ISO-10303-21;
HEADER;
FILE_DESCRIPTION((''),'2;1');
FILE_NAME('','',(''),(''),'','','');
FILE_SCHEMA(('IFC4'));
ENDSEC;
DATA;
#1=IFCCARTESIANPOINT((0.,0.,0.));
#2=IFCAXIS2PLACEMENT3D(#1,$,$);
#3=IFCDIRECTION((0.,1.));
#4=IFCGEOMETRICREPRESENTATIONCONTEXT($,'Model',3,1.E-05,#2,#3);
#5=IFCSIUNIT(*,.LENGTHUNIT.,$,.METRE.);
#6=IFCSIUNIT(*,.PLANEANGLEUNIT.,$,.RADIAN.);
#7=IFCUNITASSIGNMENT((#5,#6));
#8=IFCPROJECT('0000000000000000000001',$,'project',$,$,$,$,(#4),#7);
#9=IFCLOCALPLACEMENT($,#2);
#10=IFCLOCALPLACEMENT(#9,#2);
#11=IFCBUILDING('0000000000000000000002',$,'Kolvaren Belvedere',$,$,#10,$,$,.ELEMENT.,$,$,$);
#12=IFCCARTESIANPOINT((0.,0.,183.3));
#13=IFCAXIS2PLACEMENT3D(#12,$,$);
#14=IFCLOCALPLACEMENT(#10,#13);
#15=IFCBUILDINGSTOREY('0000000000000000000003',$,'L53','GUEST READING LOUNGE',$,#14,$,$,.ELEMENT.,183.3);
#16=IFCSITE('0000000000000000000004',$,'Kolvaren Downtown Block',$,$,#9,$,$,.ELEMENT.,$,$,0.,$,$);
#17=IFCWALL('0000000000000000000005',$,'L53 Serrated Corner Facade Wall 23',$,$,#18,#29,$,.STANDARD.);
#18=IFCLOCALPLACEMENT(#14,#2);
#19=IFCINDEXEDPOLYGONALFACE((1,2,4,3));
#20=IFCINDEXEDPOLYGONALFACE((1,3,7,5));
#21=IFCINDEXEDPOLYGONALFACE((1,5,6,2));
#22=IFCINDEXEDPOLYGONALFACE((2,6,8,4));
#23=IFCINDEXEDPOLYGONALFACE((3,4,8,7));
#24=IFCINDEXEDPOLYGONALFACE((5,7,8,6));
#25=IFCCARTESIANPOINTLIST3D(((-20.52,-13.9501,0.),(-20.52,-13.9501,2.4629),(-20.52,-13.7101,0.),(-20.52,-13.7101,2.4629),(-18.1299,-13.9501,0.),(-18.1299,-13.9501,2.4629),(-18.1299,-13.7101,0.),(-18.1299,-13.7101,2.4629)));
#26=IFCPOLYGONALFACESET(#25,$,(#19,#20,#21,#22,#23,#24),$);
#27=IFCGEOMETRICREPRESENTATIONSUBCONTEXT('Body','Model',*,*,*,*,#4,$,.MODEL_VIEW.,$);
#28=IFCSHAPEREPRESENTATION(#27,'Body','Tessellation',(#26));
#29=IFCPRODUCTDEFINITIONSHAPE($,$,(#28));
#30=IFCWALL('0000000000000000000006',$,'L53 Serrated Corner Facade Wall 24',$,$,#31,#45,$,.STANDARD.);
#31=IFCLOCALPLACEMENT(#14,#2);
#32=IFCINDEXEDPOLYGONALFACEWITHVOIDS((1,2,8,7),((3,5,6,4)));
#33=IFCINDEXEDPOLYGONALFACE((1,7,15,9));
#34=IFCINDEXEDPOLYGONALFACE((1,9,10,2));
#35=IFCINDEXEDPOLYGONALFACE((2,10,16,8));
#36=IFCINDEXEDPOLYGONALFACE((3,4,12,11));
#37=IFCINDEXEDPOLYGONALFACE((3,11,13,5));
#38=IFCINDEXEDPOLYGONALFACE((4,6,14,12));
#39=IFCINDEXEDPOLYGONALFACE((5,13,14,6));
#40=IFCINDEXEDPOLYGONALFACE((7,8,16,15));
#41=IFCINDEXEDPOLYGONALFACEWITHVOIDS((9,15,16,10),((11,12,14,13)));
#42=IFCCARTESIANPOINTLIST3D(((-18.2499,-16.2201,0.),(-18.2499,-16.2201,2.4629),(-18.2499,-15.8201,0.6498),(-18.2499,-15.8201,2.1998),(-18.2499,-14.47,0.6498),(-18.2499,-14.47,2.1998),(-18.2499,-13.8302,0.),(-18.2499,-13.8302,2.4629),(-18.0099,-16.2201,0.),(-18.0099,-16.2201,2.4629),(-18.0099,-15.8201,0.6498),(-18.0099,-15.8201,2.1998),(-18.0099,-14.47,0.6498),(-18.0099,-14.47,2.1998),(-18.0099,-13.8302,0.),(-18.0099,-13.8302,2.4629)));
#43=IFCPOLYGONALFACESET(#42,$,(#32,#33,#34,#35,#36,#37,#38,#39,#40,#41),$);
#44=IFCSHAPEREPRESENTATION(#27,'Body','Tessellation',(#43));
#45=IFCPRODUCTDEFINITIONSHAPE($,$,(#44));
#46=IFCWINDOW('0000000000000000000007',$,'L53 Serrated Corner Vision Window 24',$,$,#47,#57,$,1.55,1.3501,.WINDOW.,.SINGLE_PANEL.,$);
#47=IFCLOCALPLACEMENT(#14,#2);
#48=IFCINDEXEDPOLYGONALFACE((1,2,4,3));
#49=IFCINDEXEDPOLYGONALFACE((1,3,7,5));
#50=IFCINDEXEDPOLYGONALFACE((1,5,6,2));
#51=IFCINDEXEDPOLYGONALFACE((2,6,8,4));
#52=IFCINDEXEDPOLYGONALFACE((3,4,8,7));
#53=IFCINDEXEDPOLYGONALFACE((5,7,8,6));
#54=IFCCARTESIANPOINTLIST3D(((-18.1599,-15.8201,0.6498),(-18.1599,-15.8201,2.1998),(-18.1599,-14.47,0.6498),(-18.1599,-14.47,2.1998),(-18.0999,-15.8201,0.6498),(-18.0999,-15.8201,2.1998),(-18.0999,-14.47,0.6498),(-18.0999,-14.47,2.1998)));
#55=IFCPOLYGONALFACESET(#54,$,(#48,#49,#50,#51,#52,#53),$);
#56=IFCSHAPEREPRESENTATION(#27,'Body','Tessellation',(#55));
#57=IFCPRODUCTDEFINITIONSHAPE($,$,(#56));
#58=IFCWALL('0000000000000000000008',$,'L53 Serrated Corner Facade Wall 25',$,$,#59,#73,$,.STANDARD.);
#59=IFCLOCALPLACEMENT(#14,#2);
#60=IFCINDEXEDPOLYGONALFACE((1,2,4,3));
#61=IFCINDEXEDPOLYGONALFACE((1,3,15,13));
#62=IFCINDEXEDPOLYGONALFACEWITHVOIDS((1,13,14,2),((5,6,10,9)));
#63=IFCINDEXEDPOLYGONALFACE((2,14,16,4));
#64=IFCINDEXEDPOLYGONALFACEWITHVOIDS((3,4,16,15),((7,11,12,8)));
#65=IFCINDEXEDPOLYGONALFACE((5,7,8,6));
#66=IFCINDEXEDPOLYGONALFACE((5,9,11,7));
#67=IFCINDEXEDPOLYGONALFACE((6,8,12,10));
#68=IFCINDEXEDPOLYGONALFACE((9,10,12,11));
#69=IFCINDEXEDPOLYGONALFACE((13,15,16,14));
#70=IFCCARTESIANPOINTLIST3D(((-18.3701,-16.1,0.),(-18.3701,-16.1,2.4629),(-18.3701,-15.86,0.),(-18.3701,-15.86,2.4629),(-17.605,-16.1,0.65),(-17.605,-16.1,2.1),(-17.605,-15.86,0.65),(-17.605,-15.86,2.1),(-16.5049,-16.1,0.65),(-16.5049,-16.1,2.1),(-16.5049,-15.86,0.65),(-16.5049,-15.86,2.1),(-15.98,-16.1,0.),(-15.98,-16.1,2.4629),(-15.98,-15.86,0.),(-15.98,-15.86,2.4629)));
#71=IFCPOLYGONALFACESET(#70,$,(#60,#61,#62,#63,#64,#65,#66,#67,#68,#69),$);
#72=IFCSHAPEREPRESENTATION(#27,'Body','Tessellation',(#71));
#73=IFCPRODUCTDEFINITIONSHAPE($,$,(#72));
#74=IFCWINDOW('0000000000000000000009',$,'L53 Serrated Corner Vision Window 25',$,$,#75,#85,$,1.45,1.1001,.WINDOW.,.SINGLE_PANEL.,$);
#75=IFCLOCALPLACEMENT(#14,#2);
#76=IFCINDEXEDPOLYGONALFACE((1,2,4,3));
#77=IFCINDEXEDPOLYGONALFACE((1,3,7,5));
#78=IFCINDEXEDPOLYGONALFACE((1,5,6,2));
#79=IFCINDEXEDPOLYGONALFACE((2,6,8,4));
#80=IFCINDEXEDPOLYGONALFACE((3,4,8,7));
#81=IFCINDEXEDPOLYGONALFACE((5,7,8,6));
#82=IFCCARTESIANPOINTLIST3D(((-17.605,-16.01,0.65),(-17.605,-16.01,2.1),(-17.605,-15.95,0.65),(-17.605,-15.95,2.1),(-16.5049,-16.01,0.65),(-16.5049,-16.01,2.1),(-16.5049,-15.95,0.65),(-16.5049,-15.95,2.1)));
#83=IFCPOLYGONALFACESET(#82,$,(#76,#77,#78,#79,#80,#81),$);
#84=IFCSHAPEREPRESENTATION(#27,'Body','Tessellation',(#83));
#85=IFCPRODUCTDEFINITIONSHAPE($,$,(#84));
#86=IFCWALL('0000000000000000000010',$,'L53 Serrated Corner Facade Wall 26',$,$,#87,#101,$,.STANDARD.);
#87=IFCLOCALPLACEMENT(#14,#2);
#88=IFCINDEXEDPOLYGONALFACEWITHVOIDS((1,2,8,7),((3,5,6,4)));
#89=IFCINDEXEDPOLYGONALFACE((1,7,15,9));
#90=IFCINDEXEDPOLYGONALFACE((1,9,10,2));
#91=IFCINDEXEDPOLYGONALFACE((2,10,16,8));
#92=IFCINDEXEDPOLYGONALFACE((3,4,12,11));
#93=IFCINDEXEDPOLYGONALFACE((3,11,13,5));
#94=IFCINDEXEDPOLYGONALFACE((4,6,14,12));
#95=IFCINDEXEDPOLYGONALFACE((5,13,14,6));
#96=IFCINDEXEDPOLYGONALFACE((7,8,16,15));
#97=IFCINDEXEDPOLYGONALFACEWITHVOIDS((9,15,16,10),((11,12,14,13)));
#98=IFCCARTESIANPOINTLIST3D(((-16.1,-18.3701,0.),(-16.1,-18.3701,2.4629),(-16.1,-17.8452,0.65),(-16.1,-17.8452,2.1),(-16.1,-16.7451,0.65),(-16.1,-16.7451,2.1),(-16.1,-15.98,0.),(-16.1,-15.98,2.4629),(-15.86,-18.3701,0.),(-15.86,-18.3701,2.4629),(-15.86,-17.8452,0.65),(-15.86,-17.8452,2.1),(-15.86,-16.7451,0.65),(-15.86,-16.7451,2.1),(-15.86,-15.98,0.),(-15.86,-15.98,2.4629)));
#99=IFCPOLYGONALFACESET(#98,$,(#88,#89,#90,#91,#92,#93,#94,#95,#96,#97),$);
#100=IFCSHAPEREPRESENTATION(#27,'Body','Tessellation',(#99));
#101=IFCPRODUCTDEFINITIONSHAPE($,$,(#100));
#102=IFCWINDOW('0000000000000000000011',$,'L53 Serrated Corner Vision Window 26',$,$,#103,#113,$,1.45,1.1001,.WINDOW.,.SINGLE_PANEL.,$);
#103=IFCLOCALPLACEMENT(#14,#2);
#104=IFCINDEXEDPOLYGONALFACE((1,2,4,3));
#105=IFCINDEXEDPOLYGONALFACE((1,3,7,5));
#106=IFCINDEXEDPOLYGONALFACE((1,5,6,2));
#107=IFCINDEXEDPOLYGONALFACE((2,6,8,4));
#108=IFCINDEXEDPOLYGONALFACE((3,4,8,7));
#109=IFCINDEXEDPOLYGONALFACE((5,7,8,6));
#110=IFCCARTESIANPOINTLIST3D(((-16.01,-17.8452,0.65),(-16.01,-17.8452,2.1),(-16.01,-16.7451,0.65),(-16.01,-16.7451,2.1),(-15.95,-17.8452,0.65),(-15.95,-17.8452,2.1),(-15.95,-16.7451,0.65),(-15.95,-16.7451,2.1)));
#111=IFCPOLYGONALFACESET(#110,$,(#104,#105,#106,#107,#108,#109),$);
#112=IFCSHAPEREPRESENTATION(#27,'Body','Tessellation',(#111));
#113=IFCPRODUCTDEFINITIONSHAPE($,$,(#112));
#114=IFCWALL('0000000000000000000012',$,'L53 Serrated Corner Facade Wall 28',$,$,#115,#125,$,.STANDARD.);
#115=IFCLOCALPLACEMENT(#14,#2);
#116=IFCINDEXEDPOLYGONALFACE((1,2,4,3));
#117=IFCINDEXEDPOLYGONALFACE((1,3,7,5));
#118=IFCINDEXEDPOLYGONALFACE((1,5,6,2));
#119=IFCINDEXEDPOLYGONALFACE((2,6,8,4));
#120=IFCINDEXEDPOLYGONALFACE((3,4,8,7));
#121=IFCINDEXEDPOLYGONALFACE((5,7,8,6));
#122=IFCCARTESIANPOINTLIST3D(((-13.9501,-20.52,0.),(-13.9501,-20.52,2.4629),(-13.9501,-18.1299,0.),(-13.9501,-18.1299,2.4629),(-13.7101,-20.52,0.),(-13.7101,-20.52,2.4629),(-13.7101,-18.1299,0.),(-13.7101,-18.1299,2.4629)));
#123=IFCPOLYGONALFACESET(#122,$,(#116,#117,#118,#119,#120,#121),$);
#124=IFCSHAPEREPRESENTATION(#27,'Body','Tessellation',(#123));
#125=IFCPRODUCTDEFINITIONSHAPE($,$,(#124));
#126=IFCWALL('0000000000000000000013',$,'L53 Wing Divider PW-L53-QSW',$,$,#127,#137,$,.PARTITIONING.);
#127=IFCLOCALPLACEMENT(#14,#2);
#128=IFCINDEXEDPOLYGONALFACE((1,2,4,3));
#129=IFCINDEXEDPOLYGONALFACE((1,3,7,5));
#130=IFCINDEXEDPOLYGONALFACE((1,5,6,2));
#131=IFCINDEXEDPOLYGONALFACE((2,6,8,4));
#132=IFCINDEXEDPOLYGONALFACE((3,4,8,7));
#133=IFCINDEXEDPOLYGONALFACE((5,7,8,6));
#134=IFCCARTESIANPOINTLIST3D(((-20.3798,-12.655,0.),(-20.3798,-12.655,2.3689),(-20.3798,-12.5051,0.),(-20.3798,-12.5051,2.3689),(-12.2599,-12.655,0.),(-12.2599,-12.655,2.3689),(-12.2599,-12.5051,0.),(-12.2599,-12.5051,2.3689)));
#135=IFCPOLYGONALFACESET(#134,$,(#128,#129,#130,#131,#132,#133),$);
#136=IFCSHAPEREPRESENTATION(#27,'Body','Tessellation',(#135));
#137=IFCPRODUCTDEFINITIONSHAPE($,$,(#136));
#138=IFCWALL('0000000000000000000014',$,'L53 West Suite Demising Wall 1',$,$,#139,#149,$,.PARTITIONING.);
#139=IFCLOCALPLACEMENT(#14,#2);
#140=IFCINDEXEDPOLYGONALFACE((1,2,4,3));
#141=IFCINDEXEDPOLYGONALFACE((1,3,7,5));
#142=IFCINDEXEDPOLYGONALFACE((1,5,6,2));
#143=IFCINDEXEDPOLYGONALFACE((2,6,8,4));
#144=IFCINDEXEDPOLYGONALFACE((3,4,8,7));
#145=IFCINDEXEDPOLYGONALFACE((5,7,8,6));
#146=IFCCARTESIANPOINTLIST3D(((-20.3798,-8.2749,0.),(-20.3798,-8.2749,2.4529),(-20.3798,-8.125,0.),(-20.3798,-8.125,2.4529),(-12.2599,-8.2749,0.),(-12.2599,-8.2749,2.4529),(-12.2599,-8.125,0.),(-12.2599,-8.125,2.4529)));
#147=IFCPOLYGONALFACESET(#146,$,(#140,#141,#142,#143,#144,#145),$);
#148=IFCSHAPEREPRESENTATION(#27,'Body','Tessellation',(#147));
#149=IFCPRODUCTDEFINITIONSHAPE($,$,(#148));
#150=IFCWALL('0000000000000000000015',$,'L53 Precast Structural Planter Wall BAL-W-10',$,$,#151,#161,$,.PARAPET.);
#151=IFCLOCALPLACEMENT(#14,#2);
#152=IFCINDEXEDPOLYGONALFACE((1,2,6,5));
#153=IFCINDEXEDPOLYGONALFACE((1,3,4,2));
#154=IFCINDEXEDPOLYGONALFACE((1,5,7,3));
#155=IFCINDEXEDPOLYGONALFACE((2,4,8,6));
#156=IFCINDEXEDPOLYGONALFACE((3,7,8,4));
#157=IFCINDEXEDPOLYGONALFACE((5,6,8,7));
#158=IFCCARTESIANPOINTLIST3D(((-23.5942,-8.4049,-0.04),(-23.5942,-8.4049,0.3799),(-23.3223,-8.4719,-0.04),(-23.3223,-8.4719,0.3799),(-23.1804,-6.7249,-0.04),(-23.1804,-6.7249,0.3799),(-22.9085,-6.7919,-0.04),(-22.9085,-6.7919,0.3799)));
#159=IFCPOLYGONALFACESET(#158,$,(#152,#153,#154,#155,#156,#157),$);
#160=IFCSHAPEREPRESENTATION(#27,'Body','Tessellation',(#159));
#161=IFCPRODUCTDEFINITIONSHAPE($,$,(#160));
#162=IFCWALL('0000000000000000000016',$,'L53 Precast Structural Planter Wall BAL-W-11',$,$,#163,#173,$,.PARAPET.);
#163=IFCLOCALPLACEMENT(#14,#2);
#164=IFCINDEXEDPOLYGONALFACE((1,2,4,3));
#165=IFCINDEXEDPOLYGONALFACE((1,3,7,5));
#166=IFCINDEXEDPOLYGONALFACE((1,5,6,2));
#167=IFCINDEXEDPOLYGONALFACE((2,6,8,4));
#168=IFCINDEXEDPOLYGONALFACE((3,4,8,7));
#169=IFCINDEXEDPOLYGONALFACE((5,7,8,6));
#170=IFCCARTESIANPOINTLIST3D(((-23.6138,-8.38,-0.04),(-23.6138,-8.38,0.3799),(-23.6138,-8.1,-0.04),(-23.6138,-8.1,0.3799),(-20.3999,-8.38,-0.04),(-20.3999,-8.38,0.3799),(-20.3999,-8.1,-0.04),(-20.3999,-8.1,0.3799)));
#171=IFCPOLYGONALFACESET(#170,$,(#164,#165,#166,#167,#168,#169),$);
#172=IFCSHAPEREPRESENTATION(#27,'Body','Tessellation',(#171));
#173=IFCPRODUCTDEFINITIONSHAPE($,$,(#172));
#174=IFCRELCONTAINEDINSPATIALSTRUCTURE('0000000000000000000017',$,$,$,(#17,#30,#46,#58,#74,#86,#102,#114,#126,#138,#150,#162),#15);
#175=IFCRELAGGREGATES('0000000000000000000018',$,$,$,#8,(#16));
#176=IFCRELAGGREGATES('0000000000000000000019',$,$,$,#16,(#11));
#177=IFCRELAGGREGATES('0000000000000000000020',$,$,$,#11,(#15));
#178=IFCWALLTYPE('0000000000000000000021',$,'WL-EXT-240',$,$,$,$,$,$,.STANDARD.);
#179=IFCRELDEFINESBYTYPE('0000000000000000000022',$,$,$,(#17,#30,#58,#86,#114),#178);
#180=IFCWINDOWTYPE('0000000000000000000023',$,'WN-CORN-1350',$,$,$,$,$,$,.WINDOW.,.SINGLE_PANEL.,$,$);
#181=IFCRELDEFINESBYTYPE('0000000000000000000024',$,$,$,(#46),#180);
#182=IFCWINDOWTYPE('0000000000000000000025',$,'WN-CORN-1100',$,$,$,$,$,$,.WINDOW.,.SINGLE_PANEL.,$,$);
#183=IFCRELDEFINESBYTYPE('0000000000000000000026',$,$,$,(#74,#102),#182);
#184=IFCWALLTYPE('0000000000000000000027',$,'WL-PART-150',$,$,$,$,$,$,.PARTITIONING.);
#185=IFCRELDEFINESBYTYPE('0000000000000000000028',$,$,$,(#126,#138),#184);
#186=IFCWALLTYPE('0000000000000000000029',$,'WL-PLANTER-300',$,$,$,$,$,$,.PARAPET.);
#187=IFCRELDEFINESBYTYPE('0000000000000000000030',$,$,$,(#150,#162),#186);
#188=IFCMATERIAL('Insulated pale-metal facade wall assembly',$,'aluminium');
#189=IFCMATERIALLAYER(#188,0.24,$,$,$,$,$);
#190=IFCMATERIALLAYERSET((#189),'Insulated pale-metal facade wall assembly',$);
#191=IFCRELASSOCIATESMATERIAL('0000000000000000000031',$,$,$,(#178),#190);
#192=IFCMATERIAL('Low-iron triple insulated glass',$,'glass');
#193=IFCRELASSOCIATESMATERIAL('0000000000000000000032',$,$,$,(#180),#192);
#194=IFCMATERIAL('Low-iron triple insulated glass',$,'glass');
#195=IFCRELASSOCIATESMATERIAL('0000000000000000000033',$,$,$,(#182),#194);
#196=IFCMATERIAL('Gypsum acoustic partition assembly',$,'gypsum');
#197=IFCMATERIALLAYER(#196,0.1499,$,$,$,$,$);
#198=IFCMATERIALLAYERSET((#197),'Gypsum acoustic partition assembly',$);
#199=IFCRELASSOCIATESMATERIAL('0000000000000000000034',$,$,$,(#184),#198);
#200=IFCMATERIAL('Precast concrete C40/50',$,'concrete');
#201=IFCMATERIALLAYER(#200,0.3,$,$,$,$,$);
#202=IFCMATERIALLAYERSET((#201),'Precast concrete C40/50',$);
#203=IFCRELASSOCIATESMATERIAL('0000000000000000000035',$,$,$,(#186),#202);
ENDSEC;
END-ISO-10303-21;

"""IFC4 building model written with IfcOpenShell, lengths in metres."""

from ifc_helpers import new_model, si_unit, direction, frame, frame_2d, origin, place, context, subcontext, project, spatial, rectangle, extrude, material, layer, layer_set, type_object, element, fill, save


model = new_model("IFC4")

# Units and contexts
model_context = context("Model", 3, precision=1e-05, world=origin(), true_north=direction((0.0, 1.0)))
body_context = subcontext(model_context, "Body", "Model", "MODEL_VIEW")
ifc_project = project(units=[si_unit("LENGTHUNIT", "METRE"), si_unit("PLANEANGLEUNIT", "RADIAN")], contexts=[model_context])

# Site, building, storey
site_placement = place(None, origin())
site = spatial("IfcSite", under=ifc_project, at=site_placement, Name="Kolvaren Downtown Block", CompositionType="ELEMENT", RefElevation=0.0)
building_placement = place(site_placement, origin())
building = spatial("IfcBuilding", under=site, at=building_placement, Name="Kolvaren Belvedere", CompositionType="ELEMENT")
storey_placement = place(building_placement, frame((0.0, 0.0, 183.3)))
storey = spatial("IfcBuildingStorey", under=building, at=storey_placement, Name="L53", Description="GUEST READING LOUNGE", CompositionType="ELEMENT", Elevation=183.3)

# Wall
ifc_material_1 = material(Name="Insulated pale-metal facade wall assembly", Category="aluminium")
ifc_layer_1 = layer(ifc_material_1, 0.24)
ifc_layer_set_1 = layer_set([ifc_layer_1], Name="Insulated pale-metal facade wall assembly")
wall_type_1 = type_object("IfcWallType", Name="WL-EXT-240", PredefinedType="STANDARD", material=ifc_layer_set_1)
wall_1_placement = place(storey_placement, frame((-18.1299, -13.8301, 0.0), z_axis=(0.0, 0.0, 1.0), x_axis=(-1.0, 0.0, 0.0)))
element("IfcWall", 1, at=wall_1_placement, inside=storey, type_object=wall_type_1, Name="L53 Serrated Corner Facade Wall 23", PredefinedType="STANDARD", context=body_context, shape_type="SweptSolid", body=[
    extrude(rectangle(XDim=2.3901, YDim=0.24, at=frame_2d((1.1951, 0.0))), origin(), (0.0, 0.0, 1.0), 2.4629),
])

# Walls, openings, windows
wall_2_placement = place(storey_placement, frame((-18.1299, -16.22, 0.0), z_axis=(0.0, 0.0, 1.0), x_axis=(0.0, 1.0, 0.0)))
wall_2 = element("IfcWall", 2, at=wall_2_placement, inside=storey, type_object=wall_type_1, Name="L53 Serrated Corner Facade Wall 24", PredefinedType="STANDARD", context=body_context, shape_type="SweptSolid", body=[
    extrude(rectangle(XDim=2.3899, YDim=0.24, at=frame_2d((1.1948, 0.0))), origin(), (0.0, 0.0, 1.0), 2.4629),
])
opening_1_placement = place(wall_2_placement, frame((0.3999, 0.0, 0.6499)))
opening_1 = element("IfcOpeningElement", 3, at=opening_1_placement, cuts=wall_2, PredefinedType="OPENING", context=body_context, shape_type="SweptSolid", body=[
    extrude(rectangle(XDim=1.3501, YDim=1.55, at=frame_2d((0.675, 0.7749))), frame((0.0, 0.1299, 0.0), z_axis=(0.0, -1.0, 0.0), x_axis=(1.0, 0.0, 0.0)), (0.0, 0.0, 1.0), 0.26),
])
ifc_material_2 = material(Name="Low-iron triple insulated glass", Category="glass")
window_type_1 = type_object("IfcWindowType", Name="WN-CORN-1350", PartitioningType="SINGLE_PANEL", PredefinedType="WINDOW", material=ifc_material_2)
window_1_placement = place(opening_1_placement, origin())
window_1 = element("IfcWindow", 4, at=window_1_placement, inside=storey, type_object=window_type_1, Name="L53 Serrated Corner Vision Window 24", OverallHeight=1.55, OverallWidth=1.3501, PartitioningType="SINGLE_PANEL", PredefinedType="WINDOW", context=body_context, shape_type="SweptSolid", body=[
    extrude(rectangle(XDim=1.3501, YDim=1.55, at=frame_2d((0.675, 0.7749))), frame((0.0, 0.03, 0.0), z_axis=(0.0, -1.0, 0.0), x_axis=(1.0, 0.0, 0.0)), (0.0, 0.0, 1.0), 0.0601),
])
fill(opening_1, window_1)
wall_3_placement = place(storey_placement, frame((-15.98, -15.98, 0.0), z_axis=(0.0, 0.0, 1.0), x_axis=(-1.0, 0.0, 0.0)))
wall_3 = element("IfcWall", 5, at=wall_3_placement, inside=storey, type_object=wall_type_1, Name="L53 Serrated Corner Facade Wall 25", PredefinedType="STANDARD", context=body_context, shape_type="SweptSolid", body=[
    extrude(rectangle(XDim=2.3901, YDim=0.24, at=frame_2d((1.1951, 0.0))), origin(), (0.0, 0.0, 1.0), 2.4629),
])
opening_2_placement = place(wall_3_placement, frame((0.5249, 0.0, 0.6499)))
opening_2 = element("IfcOpeningElement", 6, at=opening_2_placement, cuts=wall_3, PredefinedType="OPENING", context=body_context, shape_type="SweptSolid", body=[
    extrude(rectangle(XDim=1.1001, YDim=1.45, at=frame_2d((0.55, 0.7251))), frame((0.0, 0.1299, 0.0), z_axis=(0.0, -1.0, 0.0), x_axis=(1.0, 0.0, 0.0)), (0.0, 0.0, 1.0), 0.26),
])
ifc_material_3 = material(Name="Low-iron triple insulated glass", Category="glass")
window_type_2 = type_object("IfcWindowType", Name="WN-CORN-1100", PartitioningType="SINGLE_PANEL", PredefinedType="WINDOW", material=ifc_material_3)
window_2_placement = place(opening_2_placement, origin())
window_2 = element("IfcWindow", 7, at=window_2_placement, inside=storey, type_object=window_type_2, Name="L53 Serrated Corner Vision Window 25", OverallHeight=1.45, OverallWidth=1.1001, PartitioningType="SINGLE_PANEL", PredefinedType="WINDOW", context=body_context, shape_type="SweptSolid", body=[
    extrude(rectangle(XDim=1.1001, YDim=1.45, at=frame_2d((0.55, 0.7251))), frame((0.0, 0.03, 0.0), z_axis=(0.0, -1.0, 0.0), x_axis=(1.0, 0.0, 0.0)), (0.0, 0.0, 1.0), 0.0601),
])
fill(opening_2, window_2)
wall_4_placement = place(storey_placement, frame((-15.98, -18.3701, 0.0), z_axis=(0.0, 0.0, 1.0), x_axis=(0.0, 1.0, 0.0)))
wall_4 = element("IfcWall", 8, at=wall_4_placement, inside=storey, type_object=wall_type_1, Name="L53 Serrated Corner Facade Wall 26", PredefinedType="STANDARD", context=body_context, shape_type="SweptSolid", body=[
    extrude(rectangle(XDim=2.3901, YDim=0.24, at=frame_2d((1.1951, 0.0))), origin(), (0.0, 0.0, 1.0), 2.4629),
])
opening_3_placement = place(wall_4_placement, frame((0.5249, 0.0, 0.6499)))
opening_3 = element("IfcOpeningElement", 9, at=opening_3_placement, cuts=wall_4, PredefinedType="OPENING", context=body_context, shape_type="SweptSolid", body=[
    extrude(rectangle(XDim=1.1001, YDim=1.45, at=frame_2d((0.55, 0.7251))), frame((0.0, 0.1299, 0.0), z_axis=(0.0, -1.0, 0.0), x_axis=(1.0, 0.0, 0.0)), (0.0, 0.0, 1.0), 0.26),
])
window_3_placement = place(opening_3_placement, origin())
window_3 = element("IfcWindow", 10, at=window_3_placement, inside=storey, type_object=window_type_2, Name="L53 Serrated Corner Vision Window 26", OverallHeight=1.45, OverallWidth=1.1001, PartitioningType="SINGLE_PANEL", PredefinedType="WINDOW", context=body_context, shape_type="SweptSolid", body=[
    extrude(rectangle(XDim=1.1001, YDim=1.45, at=frame_2d((0.55, 0.7251))), frame((0.0, 0.03, 0.0), z_axis=(0.0, -1.0, 0.0), x_axis=(1.0, 0.0, 0.0)), (0.0, 0.0, 1.0), 0.0601),
])
fill(opening_3, window_3)

# Walls
wall_5_placement = place(storey_placement, frame((-13.8301, -20.52, 0.0), z_axis=(0.0, 0.0, 1.0), x_axis=(0.0, 1.0, 0.0)))
element("IfcWall", 11, at=wall_5_placement, inside=storey, type_object=wall_type_1, Name="L53 Serrated Corner Facade Wall 28", PredefinedType="STANDARD", context=body_context, shape_type="SweptSolid", body=[
    extrude(rectangle(XDim=2.3901, YDim=0.24, at=frame_2d((1.1951, 0.0))), origin(), (0.0, 0.0, 1.0), 2.4629),
])
ifc_material_4 = material(Name="Gypsum acoustic partition assembly", Category="gypsum")
ifc_layer_2 = layer(ifc_material_4, 0.1499)
ifc_layer_set_2 = layer_set([ifc_layer_2], Name="Gypsum acoustic partition assembly")
wall_type_2 = type_object("IfcWallType", Name="WL-PART-150", PredefinedType="PARTITIONING", material=ifc_layer_set_2)
wall_6_placement = place(storey_placement, frame((-20.3799, -12.5801, 0.0), z_axis=(0.0, 0.0, 1.0), x_axis=(1.0, 0.0, 0.0)))
element("IfcWall", 12, at=wall_6_placement, inside=storey, type_object=wall_type_2, Name="L53 Wing Divider PW-L53-QSW", PredefinedType="PARTITIONING", context=body_context, shape_type="SweptSolid", body=[
    extrude(rectangle(XDim=8.1199, YDim=0.1499, at=frame_2d((4.0601, 0.0))), origin(), (0.0, 0.0, 1.0), 2.3689),
])
wall_7_placement = place(storey_placement, frame((-20.3799, -8.2, 0.0), z_axis=(0.0, 0.0, 1.0), x_axis=(1.0, 0.0, 0.0)))
element("IfcWall", 13, at=wall_7_placement, inside=storey, type_object=wall_type_2, Name="L53 West Suite Demising Wall 1", PredefinedType="PARTITIONING", context=body_context, shape_type="SweptSolid", body=[
    extrude(rectangle(XDim=8.1199, YDim=0.1499, at=frame_2d((4.0601, 0.0))), origin(), (0.0, 0.0, 1.0), 2.4529),
])
ifc_material_5 = material(Name="Precast concrete C40/50", Category="concrete")
ifc_layer_3 = layer(ifc_material_5, 0.3)
ifc_layer_set_3 = layer_set([ifc_layer_3], Name="Precast concrete C40/50")
wall_type_3 = type_object("IfcWallType", Name="WL-PLANTER-300", PredefinedType="PARAPET", material=ifc_layer_set_3)
wall_8_placement = place(storey_placement, frame((-23.0444, -6.7583, -0.04), z_axis=(0.0, 0.0, 1.0), x_axis=(-0.239181, -0.970975, 0.0)))
element("IfcWall", 14, at=wall_8_placement, inside=storey, type_object=wall_type_3, Name="L53 Precast Structural Planter Wall BAL-W-10", PredefinedType="PARAPET", context=body_context, shape_type="SweptSolid", body=[
    extrude(rectangle(XDim=1.7302, YDim=0.28, at=frame_2d((0.8652, 0.0))), origin(), (0.0, 0.0, 1.0), 0.4199),
])
wall_9_placement = place(storey_placement, frame((-23.6138, -8.24, -0.04), z_axis=(0.0, 0.0, 1.0), x_axis=(1.0, 0.0, 0.0)))
element("IfcWall", 15, at=wall_9_placement, inside=storey, type_object=wall_type_3, Name="L53 Precast Structural Planter Wall BAL-W-11", PredefinedType="PARAPET", context=body_context, shape_type="SweptSolid", body=[
    extrude(rectangle(XDim=3.2139, YDim=0.28, at=frame_2d((1.6069, 0.0))), origin(), (0.0, 0.0, 1.0), 0.4199),
])

save(model, "model.ifc")
